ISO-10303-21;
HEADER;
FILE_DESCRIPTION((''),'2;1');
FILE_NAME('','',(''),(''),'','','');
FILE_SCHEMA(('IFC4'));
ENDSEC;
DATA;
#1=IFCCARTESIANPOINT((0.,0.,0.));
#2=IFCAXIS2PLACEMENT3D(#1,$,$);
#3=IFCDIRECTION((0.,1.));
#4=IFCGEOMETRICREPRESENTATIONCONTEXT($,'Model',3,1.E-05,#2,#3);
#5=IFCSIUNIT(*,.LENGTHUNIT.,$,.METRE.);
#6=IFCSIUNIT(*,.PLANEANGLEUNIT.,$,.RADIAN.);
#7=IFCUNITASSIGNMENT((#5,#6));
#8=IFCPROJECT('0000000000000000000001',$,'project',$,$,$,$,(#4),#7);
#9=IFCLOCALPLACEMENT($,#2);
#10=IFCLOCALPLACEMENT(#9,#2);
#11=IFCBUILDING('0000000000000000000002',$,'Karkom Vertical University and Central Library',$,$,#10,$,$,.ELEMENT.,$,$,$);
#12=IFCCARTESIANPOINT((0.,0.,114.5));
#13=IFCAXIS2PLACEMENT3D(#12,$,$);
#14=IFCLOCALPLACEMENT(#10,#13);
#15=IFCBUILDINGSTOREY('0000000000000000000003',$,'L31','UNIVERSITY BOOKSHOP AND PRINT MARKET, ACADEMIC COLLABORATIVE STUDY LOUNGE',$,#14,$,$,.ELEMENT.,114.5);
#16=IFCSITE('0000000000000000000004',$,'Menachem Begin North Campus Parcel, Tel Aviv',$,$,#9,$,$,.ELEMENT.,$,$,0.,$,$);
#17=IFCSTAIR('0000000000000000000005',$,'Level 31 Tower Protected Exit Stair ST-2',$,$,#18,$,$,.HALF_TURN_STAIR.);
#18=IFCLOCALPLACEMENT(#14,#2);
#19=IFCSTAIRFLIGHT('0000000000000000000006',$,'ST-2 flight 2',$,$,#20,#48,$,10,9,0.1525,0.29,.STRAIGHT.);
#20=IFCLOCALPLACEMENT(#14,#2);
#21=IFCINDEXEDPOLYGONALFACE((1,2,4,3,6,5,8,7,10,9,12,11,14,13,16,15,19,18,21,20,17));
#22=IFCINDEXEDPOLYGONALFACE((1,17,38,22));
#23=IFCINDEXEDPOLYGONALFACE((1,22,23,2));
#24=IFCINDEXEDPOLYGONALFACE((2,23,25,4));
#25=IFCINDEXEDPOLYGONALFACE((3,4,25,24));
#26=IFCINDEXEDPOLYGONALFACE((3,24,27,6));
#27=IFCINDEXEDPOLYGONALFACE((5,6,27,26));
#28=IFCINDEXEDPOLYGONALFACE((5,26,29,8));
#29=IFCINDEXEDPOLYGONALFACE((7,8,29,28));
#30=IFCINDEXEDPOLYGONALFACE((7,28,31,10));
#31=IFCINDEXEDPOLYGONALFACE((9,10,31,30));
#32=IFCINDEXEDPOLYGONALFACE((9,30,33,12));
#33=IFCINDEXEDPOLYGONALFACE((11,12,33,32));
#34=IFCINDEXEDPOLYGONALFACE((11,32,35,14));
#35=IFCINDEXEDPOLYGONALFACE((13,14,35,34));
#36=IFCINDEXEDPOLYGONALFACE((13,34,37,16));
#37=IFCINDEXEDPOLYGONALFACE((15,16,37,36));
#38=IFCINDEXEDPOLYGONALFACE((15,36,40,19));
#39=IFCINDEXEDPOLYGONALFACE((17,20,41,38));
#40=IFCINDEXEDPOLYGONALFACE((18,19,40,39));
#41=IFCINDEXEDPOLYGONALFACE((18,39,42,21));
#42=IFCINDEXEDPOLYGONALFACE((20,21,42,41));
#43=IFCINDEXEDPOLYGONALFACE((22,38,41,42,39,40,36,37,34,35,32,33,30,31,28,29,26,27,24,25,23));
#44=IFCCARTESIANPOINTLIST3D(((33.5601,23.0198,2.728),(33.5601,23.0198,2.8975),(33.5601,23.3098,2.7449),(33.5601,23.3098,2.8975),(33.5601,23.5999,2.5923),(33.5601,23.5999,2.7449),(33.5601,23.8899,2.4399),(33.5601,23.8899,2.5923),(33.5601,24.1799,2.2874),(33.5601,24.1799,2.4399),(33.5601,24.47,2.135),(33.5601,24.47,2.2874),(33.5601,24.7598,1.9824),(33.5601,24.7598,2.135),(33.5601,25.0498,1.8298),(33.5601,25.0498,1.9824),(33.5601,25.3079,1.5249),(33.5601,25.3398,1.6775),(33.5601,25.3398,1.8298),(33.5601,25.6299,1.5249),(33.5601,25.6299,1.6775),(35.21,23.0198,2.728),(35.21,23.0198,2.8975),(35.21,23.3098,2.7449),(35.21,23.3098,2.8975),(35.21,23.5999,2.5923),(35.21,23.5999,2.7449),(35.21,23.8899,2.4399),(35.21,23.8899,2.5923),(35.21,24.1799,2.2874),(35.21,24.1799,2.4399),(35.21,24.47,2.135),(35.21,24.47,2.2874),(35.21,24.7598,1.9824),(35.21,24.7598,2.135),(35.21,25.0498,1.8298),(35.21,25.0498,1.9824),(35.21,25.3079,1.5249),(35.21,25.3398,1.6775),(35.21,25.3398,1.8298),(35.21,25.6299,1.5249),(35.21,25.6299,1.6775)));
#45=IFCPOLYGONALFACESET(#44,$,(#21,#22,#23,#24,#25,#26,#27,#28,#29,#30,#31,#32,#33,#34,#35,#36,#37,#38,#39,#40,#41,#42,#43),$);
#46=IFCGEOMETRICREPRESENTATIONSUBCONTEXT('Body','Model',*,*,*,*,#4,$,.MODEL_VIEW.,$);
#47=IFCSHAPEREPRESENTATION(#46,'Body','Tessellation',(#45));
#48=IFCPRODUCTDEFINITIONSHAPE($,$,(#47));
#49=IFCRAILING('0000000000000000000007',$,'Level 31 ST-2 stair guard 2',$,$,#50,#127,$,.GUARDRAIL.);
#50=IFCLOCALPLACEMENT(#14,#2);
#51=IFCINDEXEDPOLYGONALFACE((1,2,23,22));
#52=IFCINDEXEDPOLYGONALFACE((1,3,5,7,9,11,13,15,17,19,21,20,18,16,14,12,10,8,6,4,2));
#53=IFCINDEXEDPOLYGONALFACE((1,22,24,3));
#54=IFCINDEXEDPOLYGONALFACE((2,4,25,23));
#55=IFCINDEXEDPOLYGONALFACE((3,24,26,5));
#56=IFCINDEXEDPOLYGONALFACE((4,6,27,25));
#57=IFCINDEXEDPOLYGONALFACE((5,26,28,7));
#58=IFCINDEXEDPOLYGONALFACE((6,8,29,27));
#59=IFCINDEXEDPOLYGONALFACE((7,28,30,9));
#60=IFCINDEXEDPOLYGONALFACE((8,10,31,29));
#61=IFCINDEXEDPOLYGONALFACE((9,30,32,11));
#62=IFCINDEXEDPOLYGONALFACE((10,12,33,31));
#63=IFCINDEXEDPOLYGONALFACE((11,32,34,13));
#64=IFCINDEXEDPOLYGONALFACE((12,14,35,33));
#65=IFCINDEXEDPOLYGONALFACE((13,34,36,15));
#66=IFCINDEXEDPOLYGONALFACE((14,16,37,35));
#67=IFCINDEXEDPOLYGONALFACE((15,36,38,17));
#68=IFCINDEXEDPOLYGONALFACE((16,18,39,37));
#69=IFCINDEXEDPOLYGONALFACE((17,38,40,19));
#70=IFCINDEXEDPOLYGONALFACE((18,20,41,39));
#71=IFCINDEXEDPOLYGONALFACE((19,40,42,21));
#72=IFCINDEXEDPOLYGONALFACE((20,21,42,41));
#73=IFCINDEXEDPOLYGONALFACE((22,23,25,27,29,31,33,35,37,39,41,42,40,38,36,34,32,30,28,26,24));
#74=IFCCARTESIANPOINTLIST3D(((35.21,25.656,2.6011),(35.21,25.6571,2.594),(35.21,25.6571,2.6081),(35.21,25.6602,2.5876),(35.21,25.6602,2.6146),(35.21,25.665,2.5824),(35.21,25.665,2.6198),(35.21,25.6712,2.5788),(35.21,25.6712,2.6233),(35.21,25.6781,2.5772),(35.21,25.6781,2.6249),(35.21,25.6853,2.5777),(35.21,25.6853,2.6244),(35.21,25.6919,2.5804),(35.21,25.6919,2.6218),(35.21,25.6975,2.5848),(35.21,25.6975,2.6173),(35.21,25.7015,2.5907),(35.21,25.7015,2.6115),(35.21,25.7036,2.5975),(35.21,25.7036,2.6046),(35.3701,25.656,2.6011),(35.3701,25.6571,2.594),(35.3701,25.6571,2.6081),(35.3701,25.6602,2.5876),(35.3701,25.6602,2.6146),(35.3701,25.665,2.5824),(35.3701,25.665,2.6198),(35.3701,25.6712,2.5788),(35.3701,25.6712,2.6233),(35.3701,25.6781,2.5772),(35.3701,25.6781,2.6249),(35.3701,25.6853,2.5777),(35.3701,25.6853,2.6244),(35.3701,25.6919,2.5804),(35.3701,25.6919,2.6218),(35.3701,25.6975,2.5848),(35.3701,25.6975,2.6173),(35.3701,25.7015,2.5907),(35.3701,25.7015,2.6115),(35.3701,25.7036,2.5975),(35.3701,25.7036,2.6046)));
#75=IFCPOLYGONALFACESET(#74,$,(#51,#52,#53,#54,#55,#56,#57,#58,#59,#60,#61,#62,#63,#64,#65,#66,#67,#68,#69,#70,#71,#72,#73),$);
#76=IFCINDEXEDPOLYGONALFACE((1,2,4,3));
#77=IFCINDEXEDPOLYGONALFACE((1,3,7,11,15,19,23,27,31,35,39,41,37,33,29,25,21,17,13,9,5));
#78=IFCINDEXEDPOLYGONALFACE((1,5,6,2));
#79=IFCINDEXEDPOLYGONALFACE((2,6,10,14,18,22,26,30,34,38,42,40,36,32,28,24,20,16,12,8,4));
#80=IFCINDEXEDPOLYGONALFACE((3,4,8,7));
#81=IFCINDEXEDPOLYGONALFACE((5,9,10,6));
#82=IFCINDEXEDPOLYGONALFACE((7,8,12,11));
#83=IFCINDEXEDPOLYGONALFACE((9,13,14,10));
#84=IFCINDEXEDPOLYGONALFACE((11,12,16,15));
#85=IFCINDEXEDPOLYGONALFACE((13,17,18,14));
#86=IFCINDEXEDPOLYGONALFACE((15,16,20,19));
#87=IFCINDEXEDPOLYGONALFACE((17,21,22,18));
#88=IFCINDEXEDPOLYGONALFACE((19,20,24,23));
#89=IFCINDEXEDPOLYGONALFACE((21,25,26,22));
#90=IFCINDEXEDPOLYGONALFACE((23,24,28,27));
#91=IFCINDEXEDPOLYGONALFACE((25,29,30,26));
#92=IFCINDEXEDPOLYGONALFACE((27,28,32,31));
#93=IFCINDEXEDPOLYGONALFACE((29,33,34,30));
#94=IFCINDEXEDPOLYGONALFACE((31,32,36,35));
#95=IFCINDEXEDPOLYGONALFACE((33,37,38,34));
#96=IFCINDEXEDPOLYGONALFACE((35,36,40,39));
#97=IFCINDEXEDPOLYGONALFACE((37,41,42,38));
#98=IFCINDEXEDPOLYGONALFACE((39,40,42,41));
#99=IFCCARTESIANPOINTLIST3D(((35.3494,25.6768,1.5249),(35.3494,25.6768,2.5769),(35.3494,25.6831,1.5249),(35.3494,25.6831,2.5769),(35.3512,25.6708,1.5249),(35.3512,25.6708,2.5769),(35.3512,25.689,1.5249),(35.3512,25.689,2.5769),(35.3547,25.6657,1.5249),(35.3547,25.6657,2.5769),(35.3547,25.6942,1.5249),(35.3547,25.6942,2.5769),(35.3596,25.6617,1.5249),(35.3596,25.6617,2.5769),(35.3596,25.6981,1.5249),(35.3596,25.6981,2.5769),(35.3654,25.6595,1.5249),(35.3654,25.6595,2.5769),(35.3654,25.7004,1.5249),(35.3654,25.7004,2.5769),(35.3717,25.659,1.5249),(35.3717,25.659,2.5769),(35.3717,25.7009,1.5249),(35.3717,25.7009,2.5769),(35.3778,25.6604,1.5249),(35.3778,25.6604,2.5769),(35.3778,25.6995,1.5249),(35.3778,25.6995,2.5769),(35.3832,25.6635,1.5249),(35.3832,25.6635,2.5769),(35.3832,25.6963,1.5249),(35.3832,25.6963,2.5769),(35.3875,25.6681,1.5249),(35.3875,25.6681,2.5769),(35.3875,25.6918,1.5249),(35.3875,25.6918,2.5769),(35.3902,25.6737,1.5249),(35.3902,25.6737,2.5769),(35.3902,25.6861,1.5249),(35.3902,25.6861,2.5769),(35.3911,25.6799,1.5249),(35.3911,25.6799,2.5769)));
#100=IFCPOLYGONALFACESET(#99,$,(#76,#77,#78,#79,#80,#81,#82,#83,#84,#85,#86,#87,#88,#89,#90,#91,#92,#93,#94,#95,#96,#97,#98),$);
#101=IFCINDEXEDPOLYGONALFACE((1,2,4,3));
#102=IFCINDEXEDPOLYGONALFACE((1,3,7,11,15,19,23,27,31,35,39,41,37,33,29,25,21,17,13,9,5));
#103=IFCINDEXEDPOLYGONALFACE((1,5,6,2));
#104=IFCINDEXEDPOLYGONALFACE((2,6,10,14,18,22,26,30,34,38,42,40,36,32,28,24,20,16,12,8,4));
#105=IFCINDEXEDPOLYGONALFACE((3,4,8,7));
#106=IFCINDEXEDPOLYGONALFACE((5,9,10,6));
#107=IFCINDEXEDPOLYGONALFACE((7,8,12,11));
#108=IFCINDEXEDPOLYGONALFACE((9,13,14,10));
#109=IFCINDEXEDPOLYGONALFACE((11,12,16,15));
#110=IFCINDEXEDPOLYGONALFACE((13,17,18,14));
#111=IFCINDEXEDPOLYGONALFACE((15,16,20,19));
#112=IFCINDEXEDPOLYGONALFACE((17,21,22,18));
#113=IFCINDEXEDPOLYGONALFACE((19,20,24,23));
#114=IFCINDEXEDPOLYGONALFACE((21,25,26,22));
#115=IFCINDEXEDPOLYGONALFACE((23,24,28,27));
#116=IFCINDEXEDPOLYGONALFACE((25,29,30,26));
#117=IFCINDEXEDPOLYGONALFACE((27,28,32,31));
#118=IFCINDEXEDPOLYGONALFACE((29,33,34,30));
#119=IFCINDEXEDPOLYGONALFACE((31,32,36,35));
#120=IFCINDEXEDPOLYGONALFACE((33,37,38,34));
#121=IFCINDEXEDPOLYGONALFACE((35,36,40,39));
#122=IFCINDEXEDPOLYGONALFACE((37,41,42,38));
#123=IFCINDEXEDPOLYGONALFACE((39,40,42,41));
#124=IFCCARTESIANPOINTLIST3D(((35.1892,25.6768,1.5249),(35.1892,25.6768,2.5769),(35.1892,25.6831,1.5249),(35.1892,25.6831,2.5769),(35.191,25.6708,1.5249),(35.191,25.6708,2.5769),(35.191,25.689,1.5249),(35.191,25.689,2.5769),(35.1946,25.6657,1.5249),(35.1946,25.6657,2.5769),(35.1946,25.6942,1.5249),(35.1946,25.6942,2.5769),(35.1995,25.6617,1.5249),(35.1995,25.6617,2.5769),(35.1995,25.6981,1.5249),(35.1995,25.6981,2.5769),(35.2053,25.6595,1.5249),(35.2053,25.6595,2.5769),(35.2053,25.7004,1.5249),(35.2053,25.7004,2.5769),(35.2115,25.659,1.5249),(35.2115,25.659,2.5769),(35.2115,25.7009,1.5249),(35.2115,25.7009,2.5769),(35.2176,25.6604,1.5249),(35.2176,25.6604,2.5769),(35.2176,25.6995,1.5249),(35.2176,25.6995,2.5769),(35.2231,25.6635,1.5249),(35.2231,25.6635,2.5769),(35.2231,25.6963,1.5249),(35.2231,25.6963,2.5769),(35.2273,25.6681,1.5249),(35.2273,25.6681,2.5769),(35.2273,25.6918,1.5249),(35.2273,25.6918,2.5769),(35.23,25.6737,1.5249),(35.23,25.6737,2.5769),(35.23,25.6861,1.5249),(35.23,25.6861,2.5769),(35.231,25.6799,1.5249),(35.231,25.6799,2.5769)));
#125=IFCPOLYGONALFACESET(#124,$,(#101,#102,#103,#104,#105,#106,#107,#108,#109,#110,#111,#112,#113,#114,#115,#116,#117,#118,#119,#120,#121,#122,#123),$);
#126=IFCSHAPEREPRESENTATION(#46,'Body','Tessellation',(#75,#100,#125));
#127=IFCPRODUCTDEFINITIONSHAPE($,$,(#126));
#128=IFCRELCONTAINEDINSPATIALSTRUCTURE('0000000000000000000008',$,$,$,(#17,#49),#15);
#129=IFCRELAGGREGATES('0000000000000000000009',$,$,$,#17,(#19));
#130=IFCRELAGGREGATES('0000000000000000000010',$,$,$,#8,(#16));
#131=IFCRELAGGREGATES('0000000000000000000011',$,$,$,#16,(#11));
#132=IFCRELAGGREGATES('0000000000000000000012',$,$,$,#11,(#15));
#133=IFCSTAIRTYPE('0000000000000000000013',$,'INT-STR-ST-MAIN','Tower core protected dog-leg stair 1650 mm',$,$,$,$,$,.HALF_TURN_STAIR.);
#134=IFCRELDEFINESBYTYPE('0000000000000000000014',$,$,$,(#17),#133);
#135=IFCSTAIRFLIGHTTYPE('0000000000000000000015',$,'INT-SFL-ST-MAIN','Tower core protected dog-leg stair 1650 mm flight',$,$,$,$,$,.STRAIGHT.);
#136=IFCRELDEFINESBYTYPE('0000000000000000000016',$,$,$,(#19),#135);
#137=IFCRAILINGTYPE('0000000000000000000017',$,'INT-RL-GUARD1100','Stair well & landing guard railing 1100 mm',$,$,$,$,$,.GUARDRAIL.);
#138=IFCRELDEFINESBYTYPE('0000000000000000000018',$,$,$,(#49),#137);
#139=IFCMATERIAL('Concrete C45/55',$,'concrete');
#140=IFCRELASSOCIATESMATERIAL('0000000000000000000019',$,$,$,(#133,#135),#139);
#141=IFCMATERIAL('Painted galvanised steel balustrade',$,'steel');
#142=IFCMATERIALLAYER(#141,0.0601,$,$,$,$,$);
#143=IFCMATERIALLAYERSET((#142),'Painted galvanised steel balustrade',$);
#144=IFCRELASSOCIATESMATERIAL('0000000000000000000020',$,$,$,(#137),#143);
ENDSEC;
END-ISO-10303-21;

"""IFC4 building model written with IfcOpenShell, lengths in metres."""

from ifc_helpers import new_model, si_unit, direction, frame, origin, origin_2d, place, context, subcontext, project, spatial, polyline, circle, outline, extrude, material, layer, layer_set, type_object, element, aggregate, save


model = new_model("IFC4")

# Units and contexts
model_context = context("Model", 3, precision=1e-05, world=origin(), true_north=direction((0.0, 1.0)))
body_context = subcontext(model_context, "Body", "Model", "MODEL_VIEW")
ifc_project = project(units=[si_unit("LENGTHUNIT", "METRE"), si_unit("PLANEANGLEUNIT", "RADIAN")], contexts=[model_context])

# Site, building, storey
site_placement = place(None, origin())
site = spatial("IfcSite", under=ifc_project, at=site_placement, Name="Menachem Begin North Campus Parcel, Tel Aviv", CompositionType="ELEMENT", RefElevation=0.0)
building_placement = place(site_placement, origin())
building = spatial("IfcBuilding", under=site, at=building_placement, Name="Karkom Vertical University and Central Library", CompositionType="ELEMENT")
storey_placement = place(building_placement, frame((0.0, 0.0, 114.5)))
storey = spatial("IfcBuildingStorey", under=building, at=storey_placement, Name="L31", Description="UNIVERSITY BOOKSHOP AND PRINT MARKET, ACADEMIC COLLABORATIVE STUDY LOUNGE", CompositionType="ELEMENT", Elevation=114.5)

# Shared definitions
ifc_material_1 = material(Name="Concrete C45/55", Category="concrete")

# Stair, stair flight
stair_type = type_object("IfcStairType", Name="INT-STR-ST-MAIN", Description="Tower core protected dog-leg stair 1650 mm", PredefinedType="HALF_TURN_STAIR", material=ifc_material_1)
stair_placement = place(storey_placement, origin())
stair = element("IfcStair", 1, at=stair_placement, inside=storey, type_object=stair_type, Name="Level 31 Tower Protected Exit Stair ST-2", PredefinedType="HALF_TURN_STAIR")
stair_flight_type = type_object("IfcStairFlightType", Name="INT-SFL-ST-MAIN", Description="Tower core protected dog-leg stair 1650 mm flight", PredefinedType="STRAIGHT", material=ifc_material_1)
stair_flight_placement = place(storey_placement, frame((34.385, 25.6299, 1.5249), z_axis=(0.0, 0.0, 1.0), x_axis=(0.0, -1.0, 0.0)))
stair_flight = element("IfcStairFlight", 2, at=stair_flight_placement, type_object=stair_flight_type, Name="ST-2 flight 2", NumberOfRisers=10, NumberOfTreads=9, PredefinedType="STRAIGHT", RiserHeight=0.1525, TreadLength=0.29, context=body_context, shape_type="SweptSolid", body=[
    extrude(outline(polyline([(0.0, 0.0), (0.0, 0.1526), (0.29, 0.1526), (0.29, 0.3049), (0.5801, 0.3049), (0.5801, 0.4575), (0.8701, 0.4575), (0.8701, 0.6101), (1.1599, 0.6101), (1.1599, 0.7625), (1.45, 0.7625), (1.45, 0.915), (1.74, 0.915), (1.74, 1.0674), (2.03, 1.0674), (2.03, 1.22), (2.3201, 1.22), (2.3201, 1.3726), (2.6101, 1.3726), (2.6101, 1.5249), (2.6101, 1.2031), (0.322, 0.0), (0.0, 0.0)])), frame((0.0, 0.825, 0.0), z_axis=(0.0, -1.0, 0.0), x_axis=(1.0, 0.0, 0.0)), (0.0, 0.0, 1.0), 1.6499),
])
aggregate(stair, [stair_flight])

# Railing
ifc_material_2 = material(Name="Painted galvanised steel balustrade", Category="steel")
ifc_layer_1 = layer(ifc_material_2, 0.0601)
ifc_layer_set_1 = layer_set([ifc_layer_1], Name="Painted galvanised steel balustrade")
railing_type_1 = type_object("IfcRailingType", Name="INT-RL-GUARD1100", Description="Stair well & landing guard railing 1100 mm", PredefinedType="GUARDRAIL", material=ifc_layer_set_1)
railing_1_placement = place(storey_placement, frame((35.3701, 25.6799, 1.5249)))
element("IfcRailing", 3, at=railing_1_placement, inside=storey, type_object=railing_type_1, Name="Level 31 ST-2 stair guard 2", PredefinedType="GUARDRAIL", context=body_context, shape_type="SweptSolid", body=[
    extrude(circle(Radius=0.0239, at=origin_2d()), frame((0.0, 0.0, 1.0762), z_axis=(-1.0, 0.0, 0.0), x_axis=(0.0, -1.0, 0.0)), (0.0, 0.0, 1.0), 0.1602),
    extrude(circle(Radius=0.021, at=origin_2d()), origin(), (0.0, 0.0, 1.0), 1.052),
    extrude(circle(Radius=0.021, at=origin_2d()), frame((-0.1602, 0.0, 0.0)), (0.0, 0.0, 1.0), 1.052),
])

save(model, "model.ifc")
